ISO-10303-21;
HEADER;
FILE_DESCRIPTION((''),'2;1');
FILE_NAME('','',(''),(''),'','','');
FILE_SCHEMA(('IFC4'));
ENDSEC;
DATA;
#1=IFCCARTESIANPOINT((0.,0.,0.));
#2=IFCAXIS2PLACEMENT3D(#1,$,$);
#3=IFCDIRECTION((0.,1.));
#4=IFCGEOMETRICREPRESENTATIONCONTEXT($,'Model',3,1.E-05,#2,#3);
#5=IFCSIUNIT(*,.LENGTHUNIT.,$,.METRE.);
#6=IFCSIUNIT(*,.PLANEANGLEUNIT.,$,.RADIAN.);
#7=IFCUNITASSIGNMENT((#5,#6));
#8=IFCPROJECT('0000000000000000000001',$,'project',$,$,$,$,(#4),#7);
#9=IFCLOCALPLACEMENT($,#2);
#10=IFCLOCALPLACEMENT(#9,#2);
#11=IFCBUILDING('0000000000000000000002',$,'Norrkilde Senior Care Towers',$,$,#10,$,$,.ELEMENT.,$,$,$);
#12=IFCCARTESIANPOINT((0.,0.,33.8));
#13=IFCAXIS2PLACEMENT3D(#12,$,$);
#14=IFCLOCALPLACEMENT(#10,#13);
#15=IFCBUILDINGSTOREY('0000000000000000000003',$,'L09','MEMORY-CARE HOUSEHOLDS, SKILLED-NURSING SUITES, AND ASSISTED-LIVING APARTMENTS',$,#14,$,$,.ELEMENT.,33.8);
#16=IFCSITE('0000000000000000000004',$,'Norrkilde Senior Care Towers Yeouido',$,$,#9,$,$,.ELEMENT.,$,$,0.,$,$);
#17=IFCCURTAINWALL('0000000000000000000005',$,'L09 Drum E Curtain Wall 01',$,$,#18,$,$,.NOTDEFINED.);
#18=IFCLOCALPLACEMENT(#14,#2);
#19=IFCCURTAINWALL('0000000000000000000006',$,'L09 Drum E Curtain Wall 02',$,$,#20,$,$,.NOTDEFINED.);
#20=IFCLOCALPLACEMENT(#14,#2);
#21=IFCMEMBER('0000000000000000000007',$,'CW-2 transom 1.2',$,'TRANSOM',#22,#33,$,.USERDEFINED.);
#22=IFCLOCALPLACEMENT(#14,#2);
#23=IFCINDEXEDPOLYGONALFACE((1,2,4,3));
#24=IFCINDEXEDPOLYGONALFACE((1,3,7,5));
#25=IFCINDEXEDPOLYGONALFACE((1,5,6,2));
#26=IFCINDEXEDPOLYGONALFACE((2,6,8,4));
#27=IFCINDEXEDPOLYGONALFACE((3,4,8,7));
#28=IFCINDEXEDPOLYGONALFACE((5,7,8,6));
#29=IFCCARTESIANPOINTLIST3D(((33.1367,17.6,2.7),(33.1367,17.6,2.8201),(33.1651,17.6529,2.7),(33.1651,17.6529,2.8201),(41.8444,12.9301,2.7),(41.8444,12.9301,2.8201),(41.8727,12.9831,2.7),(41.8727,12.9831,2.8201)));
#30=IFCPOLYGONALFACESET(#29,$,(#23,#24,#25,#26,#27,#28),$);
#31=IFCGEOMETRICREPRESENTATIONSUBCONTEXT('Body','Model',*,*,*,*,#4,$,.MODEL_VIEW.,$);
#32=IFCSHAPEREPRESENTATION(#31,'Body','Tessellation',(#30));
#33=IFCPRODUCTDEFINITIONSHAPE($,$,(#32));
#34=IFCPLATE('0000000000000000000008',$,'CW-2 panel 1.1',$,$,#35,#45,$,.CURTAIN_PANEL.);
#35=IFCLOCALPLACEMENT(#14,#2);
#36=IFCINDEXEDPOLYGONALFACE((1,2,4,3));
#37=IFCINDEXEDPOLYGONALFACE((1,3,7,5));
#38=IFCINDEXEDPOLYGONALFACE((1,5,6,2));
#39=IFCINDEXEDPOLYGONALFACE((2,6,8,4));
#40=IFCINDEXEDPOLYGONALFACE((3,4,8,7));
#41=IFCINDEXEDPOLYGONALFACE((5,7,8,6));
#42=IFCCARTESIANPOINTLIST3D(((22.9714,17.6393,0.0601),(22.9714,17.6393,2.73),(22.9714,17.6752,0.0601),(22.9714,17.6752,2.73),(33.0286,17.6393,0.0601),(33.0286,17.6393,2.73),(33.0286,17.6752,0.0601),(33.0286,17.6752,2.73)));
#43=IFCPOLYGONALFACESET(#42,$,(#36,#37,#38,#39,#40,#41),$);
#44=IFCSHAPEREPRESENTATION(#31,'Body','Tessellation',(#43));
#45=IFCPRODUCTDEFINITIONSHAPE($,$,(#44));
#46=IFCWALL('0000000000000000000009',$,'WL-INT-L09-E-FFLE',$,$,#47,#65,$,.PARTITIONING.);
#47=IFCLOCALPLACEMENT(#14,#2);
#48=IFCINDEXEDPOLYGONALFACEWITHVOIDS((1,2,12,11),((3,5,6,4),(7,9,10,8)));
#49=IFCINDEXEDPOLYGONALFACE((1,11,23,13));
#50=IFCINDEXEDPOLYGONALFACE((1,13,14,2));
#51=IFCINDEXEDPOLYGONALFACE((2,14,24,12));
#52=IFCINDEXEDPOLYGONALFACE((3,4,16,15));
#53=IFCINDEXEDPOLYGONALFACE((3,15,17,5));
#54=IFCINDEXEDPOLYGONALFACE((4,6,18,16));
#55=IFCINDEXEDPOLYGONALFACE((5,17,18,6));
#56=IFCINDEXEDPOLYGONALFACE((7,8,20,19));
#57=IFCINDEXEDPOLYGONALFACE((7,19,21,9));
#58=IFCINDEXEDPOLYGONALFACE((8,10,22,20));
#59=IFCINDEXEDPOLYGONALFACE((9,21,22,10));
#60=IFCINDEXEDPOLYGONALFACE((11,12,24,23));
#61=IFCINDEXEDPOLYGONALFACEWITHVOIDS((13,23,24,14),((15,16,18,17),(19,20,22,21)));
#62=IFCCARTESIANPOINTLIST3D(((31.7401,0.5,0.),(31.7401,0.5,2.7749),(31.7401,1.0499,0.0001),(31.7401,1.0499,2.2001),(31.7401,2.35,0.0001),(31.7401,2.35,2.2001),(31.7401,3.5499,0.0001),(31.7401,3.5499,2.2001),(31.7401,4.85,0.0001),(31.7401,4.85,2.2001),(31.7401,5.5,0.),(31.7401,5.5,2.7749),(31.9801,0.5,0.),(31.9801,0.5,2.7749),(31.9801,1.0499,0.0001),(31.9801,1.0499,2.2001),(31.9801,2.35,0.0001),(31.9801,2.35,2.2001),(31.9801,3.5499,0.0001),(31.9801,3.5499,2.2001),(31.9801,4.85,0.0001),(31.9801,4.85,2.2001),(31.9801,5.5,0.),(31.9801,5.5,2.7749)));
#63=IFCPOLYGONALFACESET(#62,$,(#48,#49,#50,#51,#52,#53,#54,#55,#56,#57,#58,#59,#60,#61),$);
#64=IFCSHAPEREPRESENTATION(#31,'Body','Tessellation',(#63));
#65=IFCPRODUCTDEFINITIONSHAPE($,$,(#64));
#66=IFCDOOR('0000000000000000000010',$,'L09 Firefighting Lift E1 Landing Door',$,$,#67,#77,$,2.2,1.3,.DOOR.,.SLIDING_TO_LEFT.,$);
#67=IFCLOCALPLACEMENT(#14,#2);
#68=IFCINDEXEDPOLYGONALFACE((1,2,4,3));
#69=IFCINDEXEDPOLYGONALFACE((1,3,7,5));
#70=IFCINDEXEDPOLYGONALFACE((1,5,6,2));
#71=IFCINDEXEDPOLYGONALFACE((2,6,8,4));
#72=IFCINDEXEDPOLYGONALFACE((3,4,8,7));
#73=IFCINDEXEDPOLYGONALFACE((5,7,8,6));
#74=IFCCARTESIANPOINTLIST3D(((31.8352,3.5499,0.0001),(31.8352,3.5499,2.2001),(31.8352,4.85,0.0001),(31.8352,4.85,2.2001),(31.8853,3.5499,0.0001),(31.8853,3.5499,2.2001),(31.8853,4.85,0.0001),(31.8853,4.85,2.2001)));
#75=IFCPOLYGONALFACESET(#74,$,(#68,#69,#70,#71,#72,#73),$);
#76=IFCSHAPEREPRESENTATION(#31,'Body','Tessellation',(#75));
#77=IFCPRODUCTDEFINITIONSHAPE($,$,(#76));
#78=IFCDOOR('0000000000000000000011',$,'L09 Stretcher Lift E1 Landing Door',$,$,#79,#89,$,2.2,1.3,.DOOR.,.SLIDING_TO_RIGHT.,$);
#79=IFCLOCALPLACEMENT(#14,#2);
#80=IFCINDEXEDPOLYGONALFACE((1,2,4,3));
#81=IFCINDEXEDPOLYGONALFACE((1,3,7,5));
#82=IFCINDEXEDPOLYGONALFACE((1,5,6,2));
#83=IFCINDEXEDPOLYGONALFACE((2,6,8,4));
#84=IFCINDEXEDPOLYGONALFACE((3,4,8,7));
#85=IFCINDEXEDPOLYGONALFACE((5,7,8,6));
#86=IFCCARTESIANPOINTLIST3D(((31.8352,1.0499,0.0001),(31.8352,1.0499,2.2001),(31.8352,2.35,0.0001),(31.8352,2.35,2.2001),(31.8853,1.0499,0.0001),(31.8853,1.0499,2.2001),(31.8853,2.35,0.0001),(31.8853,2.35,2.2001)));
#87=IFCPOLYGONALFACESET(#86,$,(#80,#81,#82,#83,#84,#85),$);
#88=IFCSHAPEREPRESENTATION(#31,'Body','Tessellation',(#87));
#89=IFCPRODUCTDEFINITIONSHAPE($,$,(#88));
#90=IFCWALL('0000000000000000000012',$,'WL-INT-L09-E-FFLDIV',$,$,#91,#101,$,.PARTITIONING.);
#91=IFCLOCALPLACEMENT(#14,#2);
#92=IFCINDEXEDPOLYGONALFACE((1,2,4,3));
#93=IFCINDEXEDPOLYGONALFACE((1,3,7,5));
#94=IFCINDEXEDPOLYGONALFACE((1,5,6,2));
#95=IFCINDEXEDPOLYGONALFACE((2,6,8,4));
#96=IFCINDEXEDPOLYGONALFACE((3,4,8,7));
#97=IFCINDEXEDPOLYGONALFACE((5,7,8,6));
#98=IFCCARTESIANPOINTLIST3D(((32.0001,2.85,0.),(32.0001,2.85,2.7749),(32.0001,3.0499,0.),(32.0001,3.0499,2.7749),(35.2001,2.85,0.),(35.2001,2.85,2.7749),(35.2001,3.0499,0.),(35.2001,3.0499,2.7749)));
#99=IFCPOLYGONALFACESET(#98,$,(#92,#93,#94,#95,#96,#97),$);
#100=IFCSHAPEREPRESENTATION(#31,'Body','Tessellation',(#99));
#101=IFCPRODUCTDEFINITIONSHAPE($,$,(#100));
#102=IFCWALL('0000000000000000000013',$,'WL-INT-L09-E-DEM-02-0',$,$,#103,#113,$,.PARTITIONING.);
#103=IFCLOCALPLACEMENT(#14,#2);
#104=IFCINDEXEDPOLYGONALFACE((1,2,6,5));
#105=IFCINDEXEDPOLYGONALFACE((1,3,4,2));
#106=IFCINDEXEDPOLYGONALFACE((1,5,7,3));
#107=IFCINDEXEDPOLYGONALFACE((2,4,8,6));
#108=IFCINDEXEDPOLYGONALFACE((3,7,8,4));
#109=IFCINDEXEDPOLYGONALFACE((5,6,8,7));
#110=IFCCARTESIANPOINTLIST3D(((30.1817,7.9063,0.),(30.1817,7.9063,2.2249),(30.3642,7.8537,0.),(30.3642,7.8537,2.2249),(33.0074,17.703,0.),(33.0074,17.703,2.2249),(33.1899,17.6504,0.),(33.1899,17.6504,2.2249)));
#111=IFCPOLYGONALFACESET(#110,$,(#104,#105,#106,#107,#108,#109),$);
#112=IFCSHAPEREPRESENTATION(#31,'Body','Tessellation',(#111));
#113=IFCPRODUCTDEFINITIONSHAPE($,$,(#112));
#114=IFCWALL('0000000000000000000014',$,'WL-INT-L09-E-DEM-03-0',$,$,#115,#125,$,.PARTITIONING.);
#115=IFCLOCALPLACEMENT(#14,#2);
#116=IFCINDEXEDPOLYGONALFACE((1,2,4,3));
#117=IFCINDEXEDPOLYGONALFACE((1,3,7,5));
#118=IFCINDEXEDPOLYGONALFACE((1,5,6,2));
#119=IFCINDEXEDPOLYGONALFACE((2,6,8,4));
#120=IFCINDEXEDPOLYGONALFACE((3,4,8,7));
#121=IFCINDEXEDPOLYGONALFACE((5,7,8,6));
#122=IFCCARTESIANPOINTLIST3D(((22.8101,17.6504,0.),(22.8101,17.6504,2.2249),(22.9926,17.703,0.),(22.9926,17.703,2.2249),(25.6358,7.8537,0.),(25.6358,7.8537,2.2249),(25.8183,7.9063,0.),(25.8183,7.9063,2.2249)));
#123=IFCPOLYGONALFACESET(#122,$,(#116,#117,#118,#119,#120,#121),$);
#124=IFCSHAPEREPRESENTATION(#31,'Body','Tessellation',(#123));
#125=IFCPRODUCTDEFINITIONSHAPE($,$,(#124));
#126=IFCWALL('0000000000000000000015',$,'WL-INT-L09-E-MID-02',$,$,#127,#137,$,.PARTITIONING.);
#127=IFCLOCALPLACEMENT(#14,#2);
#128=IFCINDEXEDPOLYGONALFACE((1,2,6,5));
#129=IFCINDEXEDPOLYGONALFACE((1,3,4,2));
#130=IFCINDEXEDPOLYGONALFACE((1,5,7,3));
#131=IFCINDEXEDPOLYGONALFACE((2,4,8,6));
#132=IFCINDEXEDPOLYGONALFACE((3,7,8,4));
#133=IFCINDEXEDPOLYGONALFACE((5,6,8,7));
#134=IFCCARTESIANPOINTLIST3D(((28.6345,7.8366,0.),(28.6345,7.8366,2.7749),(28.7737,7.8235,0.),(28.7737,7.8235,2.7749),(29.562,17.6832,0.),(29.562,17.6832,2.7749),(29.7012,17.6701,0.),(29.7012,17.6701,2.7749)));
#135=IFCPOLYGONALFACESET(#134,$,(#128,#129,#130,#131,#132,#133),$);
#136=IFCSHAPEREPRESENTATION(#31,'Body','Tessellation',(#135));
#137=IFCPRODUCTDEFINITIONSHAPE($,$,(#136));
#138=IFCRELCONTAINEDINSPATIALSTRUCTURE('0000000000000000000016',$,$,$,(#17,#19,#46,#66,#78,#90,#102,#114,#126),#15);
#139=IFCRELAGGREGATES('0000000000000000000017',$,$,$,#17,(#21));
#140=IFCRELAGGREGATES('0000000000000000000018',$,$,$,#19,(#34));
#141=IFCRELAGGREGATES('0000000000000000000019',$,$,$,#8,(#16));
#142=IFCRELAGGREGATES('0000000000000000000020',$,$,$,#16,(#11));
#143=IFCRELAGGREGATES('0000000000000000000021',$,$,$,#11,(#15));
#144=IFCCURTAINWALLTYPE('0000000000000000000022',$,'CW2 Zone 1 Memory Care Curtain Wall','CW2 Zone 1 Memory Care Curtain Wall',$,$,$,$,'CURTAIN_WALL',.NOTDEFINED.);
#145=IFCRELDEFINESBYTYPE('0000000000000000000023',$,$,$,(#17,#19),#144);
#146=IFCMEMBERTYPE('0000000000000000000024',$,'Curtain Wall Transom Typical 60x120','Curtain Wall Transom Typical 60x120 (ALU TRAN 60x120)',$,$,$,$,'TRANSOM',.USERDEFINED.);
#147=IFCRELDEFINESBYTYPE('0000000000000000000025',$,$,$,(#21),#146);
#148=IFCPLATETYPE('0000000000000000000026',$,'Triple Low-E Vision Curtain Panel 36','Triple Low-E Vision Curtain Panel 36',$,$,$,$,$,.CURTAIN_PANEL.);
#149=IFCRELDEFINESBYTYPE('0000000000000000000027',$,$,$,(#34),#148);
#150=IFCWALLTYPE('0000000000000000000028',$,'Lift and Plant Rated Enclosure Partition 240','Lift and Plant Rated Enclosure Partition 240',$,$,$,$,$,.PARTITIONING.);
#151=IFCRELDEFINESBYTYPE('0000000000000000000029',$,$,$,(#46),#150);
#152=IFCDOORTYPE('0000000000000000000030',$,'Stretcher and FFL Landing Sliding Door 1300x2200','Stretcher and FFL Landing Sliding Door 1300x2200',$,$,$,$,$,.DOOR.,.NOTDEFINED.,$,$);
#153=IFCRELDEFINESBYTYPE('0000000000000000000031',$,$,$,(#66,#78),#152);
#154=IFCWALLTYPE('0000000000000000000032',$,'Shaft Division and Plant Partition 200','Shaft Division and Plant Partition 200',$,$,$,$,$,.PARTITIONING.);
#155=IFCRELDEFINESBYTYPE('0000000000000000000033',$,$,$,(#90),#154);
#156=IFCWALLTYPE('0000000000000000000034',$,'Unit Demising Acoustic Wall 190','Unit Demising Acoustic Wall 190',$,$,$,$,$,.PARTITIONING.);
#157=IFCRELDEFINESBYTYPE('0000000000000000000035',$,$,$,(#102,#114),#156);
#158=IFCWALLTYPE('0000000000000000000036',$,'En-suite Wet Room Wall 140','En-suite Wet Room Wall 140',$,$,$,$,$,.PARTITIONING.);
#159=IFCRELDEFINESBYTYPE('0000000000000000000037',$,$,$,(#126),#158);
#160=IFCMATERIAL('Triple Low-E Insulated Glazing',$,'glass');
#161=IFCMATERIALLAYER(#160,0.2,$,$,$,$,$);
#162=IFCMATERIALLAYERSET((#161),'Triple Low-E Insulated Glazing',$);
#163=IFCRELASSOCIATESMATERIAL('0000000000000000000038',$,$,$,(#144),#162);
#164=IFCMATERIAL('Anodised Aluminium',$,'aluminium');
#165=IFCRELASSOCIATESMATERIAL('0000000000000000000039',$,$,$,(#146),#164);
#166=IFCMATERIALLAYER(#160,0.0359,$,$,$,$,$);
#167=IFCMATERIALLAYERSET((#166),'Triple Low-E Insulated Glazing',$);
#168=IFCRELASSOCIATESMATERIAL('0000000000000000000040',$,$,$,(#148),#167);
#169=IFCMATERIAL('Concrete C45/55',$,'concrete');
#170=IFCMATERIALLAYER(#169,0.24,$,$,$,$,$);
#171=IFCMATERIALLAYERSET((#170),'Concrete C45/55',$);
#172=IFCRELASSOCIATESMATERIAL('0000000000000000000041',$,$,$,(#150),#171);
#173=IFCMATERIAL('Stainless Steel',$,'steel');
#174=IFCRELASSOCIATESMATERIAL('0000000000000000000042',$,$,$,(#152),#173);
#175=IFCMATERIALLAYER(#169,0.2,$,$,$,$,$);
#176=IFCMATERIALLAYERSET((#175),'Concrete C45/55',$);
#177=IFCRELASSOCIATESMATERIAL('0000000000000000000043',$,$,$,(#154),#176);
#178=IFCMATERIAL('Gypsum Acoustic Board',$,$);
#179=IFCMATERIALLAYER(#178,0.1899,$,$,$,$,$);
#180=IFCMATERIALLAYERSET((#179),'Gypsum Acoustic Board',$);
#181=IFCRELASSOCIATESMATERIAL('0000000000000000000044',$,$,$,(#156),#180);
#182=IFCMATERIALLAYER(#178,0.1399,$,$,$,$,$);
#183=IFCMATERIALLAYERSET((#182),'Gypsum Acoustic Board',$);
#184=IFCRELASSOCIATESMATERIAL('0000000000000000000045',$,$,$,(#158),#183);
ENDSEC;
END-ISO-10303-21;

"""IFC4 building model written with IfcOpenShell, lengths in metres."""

from ifc_helpers import new_model, si_unit, direction, frame, frame_2d, origin, origin_2d, place, context, subcontext, project, spatial, rectangle, extrude, source, transform, mapped, material, layer, layer_set, material_profile, profile_set, type_object, type_shapes, element, fill, aggregate, save


model = new_model("IFC4")

# Units and contexts
model_context = context("Model", 3, precision=1e-05, world=origin(), true_north=direction((0.0, 1.0)))
body_context = subcontext(model_context, "Body", "Model", "MODEL_VIEW")
ifc_project = project(units=[si_unit("LENGTHUNIT", "METRE"), si_unit("PLANEANGLEUNIT", "RADIAN")], contexts=[model_context])

# Site, building, storey
site_placement = place(None, origin())
site = spatial("IfcSite", under=ifc_project, at=site_placement, Name="Norrkilde Senior Care Towers Yeouido", CompositionType="ELEMENT", RefElevation=0.0)
building_placement = place(site_placement, origin())
building = spatial("IfcBuilding", under=site, at=building_placement, Name="Norrkilde Senior Care Towers", CompositionType="ELEMENT")
storey_placement = place(building_placement, frame((0.0, 0.0, 33.8)))
storey = spatial("IfcBuildingStorey", under=building, at=storey_placement, Name="L09", Description="MEMORY-CARE HOUSEHOLDS, SKILLED-NURSING SUITES, AND ASSISTED-LIVING APARTMENTS", CompositionType="ELEMENT", Elevation=33.8)

# Curtain walls
ifc_material_1 = material(Name="Triple Low-E Insulated Glazing", Category="glass")
ifc_layer_1 = layer(ifc_material_1, 0.2)
ifc_layer_set_1 = layer_set([ifc_layer_1], Name="Triple Low-E Insulated Glazing")
curtain_wall_type = type_object("IfcCurtainWallType", Name="CW2 Zone 1 Memory Care Curtain Wall", Description="CW2 Zone 1 Memory Care Curtain Wall", ElementType="CURTAIN_WALL", PredefinedType="NOTDEFINED", material=ifc_layer_set_1)
curtain_wall_1_placement = place(storey_placement, origin())
curtain_wall_1 = element("IfcCurtainWall", 1, at=curtain_wall_1_placement, inside=storey, type_object=curtain_wall_type, Name="L09 Drum E Curtain Wall 01", PredefinedType="NOTDEFINED")
ifc_material_2 = material(Name="Anodised Aluminium", Category="aluminium")
curtain_wall_2_placement = place(storey_placement, origin())
curtain_wall_2 = element("IfcCurtainWall", 2, at=curtain_wall_2_placement, inside=storey, type_object=curtain_wall_type, Name="L09 Drum E Curtain Wall 02", PredefinedType="NOTDEFINED")

# Member
ifc_material_profile_1 = material_profile(ifc_material_2, rectangle(XDim=0.0601, YDim=0.1201, at=origin_2d()), Name="ALU TRAN 60x120")
ifc_profile_set_1 = profile_set([ifc_material_profile_1], Name="Anodised Aluminium")
member_type_1 = type_object("IfcMemberType", Name="Curtain Wall Transom Typical 60x120", Description="Curtain Wall Transom Typical 60x120 (ALU TRAN 60x120)", ElementType="TRANSOM", PredefinedType="USERDEFINED", material=ifc_profile_set_1)
shared_shape_1 = source(origin(), body_context, "Body", "SweptSolid", [
    extrude(rectangle(XDim=0.0601, YDim=0.1201, at=origin_2d()), origin(), (0.0, 0.0, 1.0), 9.8809),
])
type_shapes(member_type_1, [shared_shape_1])
member_1_placement = place(storey_placement, frame((33.1509, 17.6265, 2.76), z_axis=(0.881267, -0.472618, 0.0), x_axis=(0.472618, 0.881267, 0.0)))
member_1 = element("IfcMember", 3, at=member_1_placement, type_object=member_type_1, Name="CW-2 transom 1.2", ObjectType="TRANSOM", PredefinedType="USERDEFINED", context=body_context, shape_type="MappedRepresentation", body=[
    mapped(shared_shape_1, transform((0.0, 0.0, 0.0), x_axis=(1.0, 0.0, 0.0), y_axis=(0.0, 1.0, 0.0), z_axis=(0.0, 0.0, 1.0), scale=1.0)),
])
aggregate(curtain_wall_1, [member_1])

# Plate
ifc_layer_2 = layer(ifc_material_1, 0.0359)
ifc_layer_set_2 = layer_set([ifc_layer_2], Name="Triple Low-E Insulated Glazing")
plate_type = type_object("IfcPlateType", Name="Triple Low-E Vision Curtain Panel 36", Description="Triple Low-E Vision Curtain Panel 36", PredefinedType="CURTAIN_PANEL", material=ifc_layer_set_2)
shared_shape_2 = source(origin(), body_context, "Body", "SweptSolid", [
    extrude(rectangle(XDim=10.0571, YDim=0.0359, at=origin_2d()), origin(), (0.0, 0.0, 1.0), 2.6699),
])
type_shapes(plate_type, [shared_shape_2])
plate_placement = place(storey_placement, frame((28.0, 17.6572, 0.0601), z_axis=(0.0, 0.0, 1.0), x_axis=(1.0, 0.0, 0.0)))
plate = element("IfcPlate", 4, at=plate_placement, type_object=plate_type, Name="CW-2 panel 1.1", PredefinedType="CURTAIN_PANEL", context=body_context, shape_type="MappedRepresentation", body=[
    mapped(shared_shape_2, transform((0.0, 0.0, 0.0), x_axis=(1.0, 0.0, 0.0), y_axis=(0.0, 1.0, 0.0), z_axis=(0.0, 0.0, 1.0), scale=1.0)),
])
aggregate(curtain_wall_2, [plate])

# Wall, openings, doors
ifc_material_3 = material(Name="Concrete C45/55", Category="concrete")
ifc_layer_3 = layer(ifc_material_3, 0.24)
ifc_layer_set_3 = layer_set([ifc_layer_3], Name="Concrete C45/55")
wall_type_1 = type_object("IfcWallType", Name="Lift and Plant Rated Enclosure Partition 240", Description="Lift and Plant Rated Enclosure Partition 240", PredefinedType="PARTITIONING", material=ifc_layer_set_3)
shared_shape_3 = source(origin(), body_context, "Body", "SweptSolid", [
    extrude(rectangle(XDim=5.0, YDim=0.24, at=frame_2d((2.5, 0.0))), origin(), (0.0, 0.0, 1.0), 2.7749),
])
type_shapes(wall_type_1, [shared_shape_3])
wall_1_placement = place(storey_placement, frame((31.8601, 0.5, 0.0), z_axis=(0.0, 0.0, 1.0), x_axis=(0.0, 1.0, 0.0)))
wall_1 = element("IfcWall", 5, at=wall_1_placement, inside=storey, type_object=wall_type_1, Name="WL-INT-L09-E-FFLE", PredefinedType="PARTITIONING", context=body_context, shape_type="MappedRepresentation", body=[
    mapped(shared_shape_3, transform((0.0, 0.0, 0.0), x_axis=(1.0, 0.0, 0.0), y_axis=(0.0, 1.0, 0.0), z_axis=(0.0, 0.0, 1.0), scale=1.0)),
])
opening_1_placement = place(wall_1_placement, frame((3.05, 0.0, 0.0)))
opening_1 = element("IfcOpeningElement", 6, at=opening_1_placement, cuts=wall_1, PredefinedType="OPENING", context=body_context, shape_type="SweptSolid", body=[
    extrude(rectangle(XDim=1.3, YDim=2.2, at=frame_2d((0.6499, 1.1001))), frame((0.0, 0.1299, 0.0), z_axis=(0.0, -1.0, 0.0), x_axis=(1.0, 0.0, 0.0)), (0.0, 0.0, 1.0), 0.26),
])
opening_2_placement = place(wall_1_placement, frame((0.55, 0.0, 0.0)))
opening_2 = element("IfcOpeningElement", 7, at=opening_2_placement, cuts=wall_1, PredefinedType="OPENING", context=body_context, shape_type="SweptSolid", body=[
    extrude(rectangle(XDim=1.3, YDim=2.2, at=frame_2d((0.6499, 1.1001))), frame((0.0, 0.1299, 0.0), z_axis=(0.0, -1.0, 0.0), x_axis=(1.0, 0.0, 0.0)), (0.0, 0.0, 1.0), 0.26),
])
ifc_material_4 = material(Name="Stainless Steel", Category="steel")
door_type_1 = type_object("IfcDoorType", Name="Stretcher and FFL Landing Sliding Door 1300x2200", Description="Stretcher and FFL Landing Sliding Door 1300x2200", OperationType="NOTDEFINED", PredefinedType="DOOR", material=ifc_material_4)
shared_shape_4 = source(origin(), body_context, "Body", "SweptSolid", [
    extrude(rectangle(XDim=1.3, YDim=2.2, at=frame_2d((0.6499, 1.1001))), frame((0.0, 0.0249, 0.0), z_axis=(0.0, -1.0, 0.0), x_axis=(1.0, 0.0, 0.0)), (0.0, 0.0, 1.0), 0.05),
])
type_shapes(door_type_1, [shared_shape_4])
door_1_placement = place(opening_1_placement, origin())
door_1 = element("IfcDoor", 8, at=door_1_placement, inside=storey, type_object=door_type_1, Name="L09 Firefighting Lift E1 Landing Door", OperationType="SLIDING_TO_LEFT", OverallHeight=2.2, OverallWidth=1.3, PredefinedType="DOOR", context=body_context, shape_type="MappedRepresentation", body=[
    mapped(shared_shape_4, transform((0.0, 0.0, 0.0), x_axis=(1.0, 0.0, 0.0), y_axis=(0.0, 1.0, 0.0), z_axis=(0.0, 0.0, 1.0), scale=1.0)),
])
fill(opening_1, door_1)
door_2_placement = place(opening_2_placement, origin())
door_2 = element("IfcDoor", 9, at=door_2_placement, inside=storey, type_object=door_type_1, Name="L09 Stretcher Lift E1 Landing Door", OperationType="SLIDING_TO_RIGHT", OverallHeight=2.2, OverallWidth=1.3, PredefinedType="DOOR", context=body_context, shape_type="MappedRepresentation", body=[
    mapped(shared_shape_4, transform((0.0, 0.0, 0.0), x_axis=(1.0, 0.0, 0.0), y_axis=(0.0, 1.0, 0.0), z_axis=(0.0, 0.0, 1.0), scale=1.0)),
])
fill(opening_2, door_2)

# Walls
ifc_layer_4 = layer(ifc_material_3, 0.2)
ifc_layer_set_4 = layer_set([ifc_layer_4], Name="Concrete C45/55")
wall_type_2 = type_object("IfcWallType", Name="Shaft Division and Plant Partition 200", Description="Shaft Division and Plant Partition 200", PredefinedType="PARTITIONING", material=ifc_layer_set_4)
shared_shape_5 = source(origin(), body_context, "Body", "SweptSolid", [
    extrude(rectangle(XDim=3.2, YDim=0.2, at=frame_2d((1.6001, 0.0))), origin(), (0.0, 0.0, 1.0), 2.7749),
])
type_shapes(wall_type_2, [shared_shape_5])
wall_2_placement = place(storey_placement, frame((32.0, 2.95, 0.0), z_axis=(0.0, 0.0, 1.0), x_axis=(1.0, 0.0, 0.0)))
element("IfcWall", 10, at=wall_2_placement, inside=storey, type_object=wall_type_2, Name="WL-INT-L09-E-FFLDIV", PredefinedType="PARTITIONING", context=body_context, shape_type="MappedRepresentation", body=[
    mapped(shared_shape_5, transform((0.0, 0.0, 0.0), x_axis=(1.0, 0.0, 0.0), y_axis=(0.0, 1.0, 0.0), z_axis=(0.0, 0.0, 1.0), scale=1.0)),
])
ifc_material_5 = material(Name="Gypsum Acoustic Board")
ifc_layer_5 = layer(ifc_material_5, 0.1899)
ifc_layer_set_5 = layer_set([ifc_layer_5], Name="Gypsum Acoustic Board")
wall_type_3 = type_object("IfcWallType", Name="Unit Demising Acoustic Wall 190", Description="Unit Demising Acoustic Wall 190", PredefinedType="PARTITIONING", material=ifc_layer_set_5)
shared_shape_6 = source(origin(), body_context, "Body", "SweptSolid", [
    extrude(rectangle(XDim=10.196, YDim=0.1899, at=frame_2d((5.0981, 0.0))), origin(), (0.0, 0.0, 1.0), 2.2249),
])
type_shapes(wall_type_3, [shared_shape_6])
for number, where, z_axis, x_axis, name in (
    (11, (30.2729, 7.8799, 0.0), (0.0, 0.0, 1.0), (0.277136, 0.960831, 0.0), "WL-INT-L09-E-DEM-02-0"),
    (12, (25.7271, 7.8799, 0.0), (0.0, 0.0, 1.0), (-0.277136, 0.960831, 0.0), "WL-INT-L09-E-DEM-03-0"),
):
    element("IfcWall", number, at=place(storey_placement, frame(where, z_axis=z_axis, x_axis=x_axis)), inside=storey, type_object=wall_type_3, Name=name, PredefinedType="PARTITIONING", context=body_context, shape_type="MappedRepresentation", body=[
        mapped(shared_shape_6, transform((0.0, 0.0, 0.0), x_axis=(1.0, 0.0, 0.0), y_axis=(0.0, 1.0, 0.0), z_axis=(0.0, 0.0, 1.0), scale=1.0)),
    ])

# Wall
ifc_layer_6 = layer(ifc_material_5, 0.1399)
ifc_layer_set_6 = layer_set([ifc_layer_6], Name="Gypsum Acoustic Board")
wall_type_4 = type_object("IfcWallType", Name="En-suite Wet Room Wall 140", Description="En-suite Wet Room Wall 140", PredefinedType="PARTITIONING", material=ifc_layer_set_6)
shared_shape_7 = source(origin(), body_context, "Body", "SweptSolid", [
    extrude(rectangle(XDim=9.8901, YDim=0.1399, at=frame_2d((4.9451, 0.0))), origin(), (0.0, 0.0, 1.0), 2.7749),
])
wall_3_placement = place(storey_placement, frame((28.7041, 7.8301, 0.0), z_axis=(0.0, 0.0, 1.0), x_axis=(0.09378, 0.995593, 0.0)))
element("IfcWall", 13, at=wall_3_placement, inside=storey, type_object=wall_type_4, Name="WL-INT-L09-E-MID-02", PredefinedType="PARTITIONING", context=body_context, shape_type="MappedRepresentation", body=[
    mapped(shared_shape_7, transform((0.0, 0.0, 0.0), x_axis=(1.0, 0.0, 0.0), y_axis=(0.0, 1.0, 0.0), z_axis=(0.0, 0.0, 1.0), scale=1.0)),
])

save(model, "model.ifc")
